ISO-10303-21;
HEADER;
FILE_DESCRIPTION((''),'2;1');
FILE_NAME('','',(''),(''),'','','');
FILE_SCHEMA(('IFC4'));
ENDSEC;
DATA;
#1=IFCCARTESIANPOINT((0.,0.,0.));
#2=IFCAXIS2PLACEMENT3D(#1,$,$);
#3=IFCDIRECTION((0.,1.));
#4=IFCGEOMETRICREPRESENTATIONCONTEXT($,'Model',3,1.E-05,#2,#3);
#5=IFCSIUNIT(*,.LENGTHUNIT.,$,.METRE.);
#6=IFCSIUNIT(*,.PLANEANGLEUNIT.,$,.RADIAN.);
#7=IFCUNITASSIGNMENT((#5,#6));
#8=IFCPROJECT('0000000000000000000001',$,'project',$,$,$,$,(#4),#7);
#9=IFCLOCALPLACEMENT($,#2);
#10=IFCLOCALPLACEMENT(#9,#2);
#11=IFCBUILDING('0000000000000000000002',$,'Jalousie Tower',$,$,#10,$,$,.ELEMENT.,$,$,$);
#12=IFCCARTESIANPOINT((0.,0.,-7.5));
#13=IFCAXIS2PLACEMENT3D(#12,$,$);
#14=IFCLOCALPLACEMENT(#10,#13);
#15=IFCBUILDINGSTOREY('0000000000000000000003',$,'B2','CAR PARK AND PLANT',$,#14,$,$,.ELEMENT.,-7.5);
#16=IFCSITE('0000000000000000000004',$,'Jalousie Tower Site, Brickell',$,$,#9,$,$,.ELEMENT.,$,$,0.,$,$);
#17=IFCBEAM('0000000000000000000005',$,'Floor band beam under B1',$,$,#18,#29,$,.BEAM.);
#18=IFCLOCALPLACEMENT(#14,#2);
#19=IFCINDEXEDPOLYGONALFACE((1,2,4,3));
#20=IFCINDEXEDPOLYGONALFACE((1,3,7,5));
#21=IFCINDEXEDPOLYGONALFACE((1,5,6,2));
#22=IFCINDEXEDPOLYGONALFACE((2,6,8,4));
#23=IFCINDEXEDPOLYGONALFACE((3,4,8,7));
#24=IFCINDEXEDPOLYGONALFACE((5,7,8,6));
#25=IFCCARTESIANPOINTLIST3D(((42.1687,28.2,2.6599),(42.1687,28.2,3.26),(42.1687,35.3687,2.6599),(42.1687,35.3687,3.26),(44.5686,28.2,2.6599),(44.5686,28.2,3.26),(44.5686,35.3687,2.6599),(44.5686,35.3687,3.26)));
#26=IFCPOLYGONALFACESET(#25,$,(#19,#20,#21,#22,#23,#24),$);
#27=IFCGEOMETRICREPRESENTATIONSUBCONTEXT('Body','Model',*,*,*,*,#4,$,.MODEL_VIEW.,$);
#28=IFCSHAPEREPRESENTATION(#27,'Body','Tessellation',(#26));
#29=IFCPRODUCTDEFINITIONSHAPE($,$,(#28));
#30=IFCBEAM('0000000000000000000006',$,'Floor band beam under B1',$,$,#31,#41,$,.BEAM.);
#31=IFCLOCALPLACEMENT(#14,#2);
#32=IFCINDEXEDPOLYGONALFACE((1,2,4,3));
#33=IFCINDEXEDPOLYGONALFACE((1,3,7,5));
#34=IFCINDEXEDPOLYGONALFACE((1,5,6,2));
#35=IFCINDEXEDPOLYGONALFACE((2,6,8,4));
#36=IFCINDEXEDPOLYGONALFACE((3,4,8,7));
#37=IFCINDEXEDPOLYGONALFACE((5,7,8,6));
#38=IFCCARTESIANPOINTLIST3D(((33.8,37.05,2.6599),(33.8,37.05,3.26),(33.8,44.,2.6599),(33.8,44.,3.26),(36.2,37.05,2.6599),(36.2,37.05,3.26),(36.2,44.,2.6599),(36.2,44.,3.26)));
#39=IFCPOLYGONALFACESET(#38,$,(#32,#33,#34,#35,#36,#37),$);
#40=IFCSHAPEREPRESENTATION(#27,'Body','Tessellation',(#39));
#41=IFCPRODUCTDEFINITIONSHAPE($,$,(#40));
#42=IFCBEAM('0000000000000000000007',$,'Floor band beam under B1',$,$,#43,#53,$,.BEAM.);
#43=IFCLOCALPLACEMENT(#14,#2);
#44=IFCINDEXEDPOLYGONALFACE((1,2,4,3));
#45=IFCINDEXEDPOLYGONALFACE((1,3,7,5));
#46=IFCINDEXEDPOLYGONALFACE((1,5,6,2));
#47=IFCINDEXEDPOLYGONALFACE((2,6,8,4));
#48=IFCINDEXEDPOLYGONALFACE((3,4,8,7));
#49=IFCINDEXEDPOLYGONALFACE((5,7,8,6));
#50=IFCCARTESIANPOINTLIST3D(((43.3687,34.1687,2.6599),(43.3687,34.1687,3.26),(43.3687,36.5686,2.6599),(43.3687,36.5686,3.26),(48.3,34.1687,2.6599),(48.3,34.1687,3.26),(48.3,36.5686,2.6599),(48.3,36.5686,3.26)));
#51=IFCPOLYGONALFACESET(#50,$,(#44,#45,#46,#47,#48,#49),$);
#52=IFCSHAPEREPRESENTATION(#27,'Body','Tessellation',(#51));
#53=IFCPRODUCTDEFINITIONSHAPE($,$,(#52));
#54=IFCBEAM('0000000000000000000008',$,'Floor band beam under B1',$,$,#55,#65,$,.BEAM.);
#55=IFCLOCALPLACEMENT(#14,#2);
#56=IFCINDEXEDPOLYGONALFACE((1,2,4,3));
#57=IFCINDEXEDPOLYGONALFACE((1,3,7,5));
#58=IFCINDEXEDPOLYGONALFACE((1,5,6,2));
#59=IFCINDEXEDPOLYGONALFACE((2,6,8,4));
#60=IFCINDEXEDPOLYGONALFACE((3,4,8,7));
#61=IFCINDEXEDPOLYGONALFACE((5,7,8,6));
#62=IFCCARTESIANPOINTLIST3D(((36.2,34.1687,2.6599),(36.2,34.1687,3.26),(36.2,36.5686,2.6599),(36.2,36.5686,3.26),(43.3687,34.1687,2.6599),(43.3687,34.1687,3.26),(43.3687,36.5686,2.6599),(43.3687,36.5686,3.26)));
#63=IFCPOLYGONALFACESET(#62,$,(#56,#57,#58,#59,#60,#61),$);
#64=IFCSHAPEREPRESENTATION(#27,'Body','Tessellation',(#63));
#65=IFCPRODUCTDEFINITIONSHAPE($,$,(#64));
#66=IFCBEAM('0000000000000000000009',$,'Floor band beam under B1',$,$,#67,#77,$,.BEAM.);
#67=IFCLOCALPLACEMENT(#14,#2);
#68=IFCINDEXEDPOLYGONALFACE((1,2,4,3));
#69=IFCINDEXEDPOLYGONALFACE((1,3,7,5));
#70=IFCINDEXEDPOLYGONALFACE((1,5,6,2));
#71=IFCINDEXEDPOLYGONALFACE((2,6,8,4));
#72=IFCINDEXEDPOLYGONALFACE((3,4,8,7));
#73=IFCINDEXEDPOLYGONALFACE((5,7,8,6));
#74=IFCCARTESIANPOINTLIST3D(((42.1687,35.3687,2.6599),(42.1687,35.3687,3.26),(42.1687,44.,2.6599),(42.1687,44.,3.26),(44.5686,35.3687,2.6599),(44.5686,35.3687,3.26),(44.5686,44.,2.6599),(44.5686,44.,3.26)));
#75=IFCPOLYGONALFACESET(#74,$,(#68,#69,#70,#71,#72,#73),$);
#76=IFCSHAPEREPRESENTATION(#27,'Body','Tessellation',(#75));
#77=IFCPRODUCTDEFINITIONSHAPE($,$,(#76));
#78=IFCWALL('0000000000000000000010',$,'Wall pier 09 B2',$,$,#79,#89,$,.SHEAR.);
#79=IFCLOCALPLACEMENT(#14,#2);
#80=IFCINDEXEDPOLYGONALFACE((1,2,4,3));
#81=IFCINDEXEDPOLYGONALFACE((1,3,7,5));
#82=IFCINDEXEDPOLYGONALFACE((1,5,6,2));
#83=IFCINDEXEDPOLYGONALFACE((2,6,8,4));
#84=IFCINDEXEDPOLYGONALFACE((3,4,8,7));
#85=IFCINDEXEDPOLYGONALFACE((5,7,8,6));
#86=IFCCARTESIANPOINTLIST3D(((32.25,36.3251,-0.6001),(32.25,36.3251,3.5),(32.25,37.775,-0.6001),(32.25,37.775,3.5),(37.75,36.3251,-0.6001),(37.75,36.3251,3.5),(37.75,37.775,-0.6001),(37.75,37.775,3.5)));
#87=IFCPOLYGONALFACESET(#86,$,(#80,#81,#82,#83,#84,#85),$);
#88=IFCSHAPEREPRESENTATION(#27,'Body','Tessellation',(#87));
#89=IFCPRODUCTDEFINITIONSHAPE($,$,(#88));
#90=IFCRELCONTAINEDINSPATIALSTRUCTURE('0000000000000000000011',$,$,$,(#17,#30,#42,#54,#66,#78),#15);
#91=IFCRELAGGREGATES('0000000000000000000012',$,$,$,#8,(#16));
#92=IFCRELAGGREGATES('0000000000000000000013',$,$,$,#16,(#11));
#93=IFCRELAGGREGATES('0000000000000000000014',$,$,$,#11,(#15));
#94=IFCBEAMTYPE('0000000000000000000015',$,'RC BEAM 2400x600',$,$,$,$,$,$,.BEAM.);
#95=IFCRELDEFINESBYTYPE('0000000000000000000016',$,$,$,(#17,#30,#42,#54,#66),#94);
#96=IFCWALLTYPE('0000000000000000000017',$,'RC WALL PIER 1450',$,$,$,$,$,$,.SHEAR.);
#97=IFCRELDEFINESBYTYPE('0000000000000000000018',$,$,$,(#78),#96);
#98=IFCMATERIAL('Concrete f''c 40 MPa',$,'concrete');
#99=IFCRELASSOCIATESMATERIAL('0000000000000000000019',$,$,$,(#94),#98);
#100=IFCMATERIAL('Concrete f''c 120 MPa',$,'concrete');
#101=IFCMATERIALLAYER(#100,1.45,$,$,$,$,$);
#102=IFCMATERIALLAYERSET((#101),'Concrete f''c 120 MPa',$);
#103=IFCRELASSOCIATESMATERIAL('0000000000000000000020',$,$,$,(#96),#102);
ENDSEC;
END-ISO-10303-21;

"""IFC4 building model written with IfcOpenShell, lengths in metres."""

from ifc_helpers import new_model, si_unit, direction, frame, frame_2d, origin, origin_2d, place, context, subcontext, project, spatial, rectangle, extrude, material, layer, layer_set, material_profile, profile_set, type_object, element, save


model = new_model("IFC4")

# Units and contexts
model_context = context("Model", 3, precision=1e-05, world=origin(), true_north=direction((0.0, 1.0)))
body_context = subcontext(model_context, "Body", "Model", "MODEL_VIEW")
ifc_project = project(units=[si_unit("LENGTHUNIT", "METRE"), si_unit("PLANEANGLEUNIT", "RADIAN")], contexts=[model_context])

# Site, building, storey
site_placement = place(None, origin())
site = spatial("IfcSite", under=ifc_project, at=site_placement, Name="Jalousie Tower Site, Brickell", CompositionType="ELEMENT", RefElevation=0.0)
building_placement = place(site_placement, origin())
building = spatial("IfcBuilding", under=site, at=building_placement, Name="Jalousie Tower", CompositionType="ELEMENT")
storey_placement = place(building_placement, frame((0.0, 0.0, -7.5)))
storey = spatial("IfcBuildingStorey", under=building, at=storey_placement, Name="B2", Description="CAR PARK AND PLANT", CompositionType="ELEMENT", Elevation=-7.5)

# Beams
ifc_material_1 = material(Name="Concrete f'c 40 MPa", Category="concrete")
ifc_material_profile_1 = material_profile(ifc_material_1, rectangle(XDim=2.3999, YDim=0.6001, at=origin_2d()), Name="RC 2400x600")
ifc_profile_set_1 = profile_set([ifc_material_profile_1], Name="Concrete f'c 40 MPa")
beam_type = type_object("IfcBeamType", Name="RC BEAM 2400x600", PredefinedType="BEAM", material=ifc_profile_set_1)
beam_1_placement = place(storey_placement, frame((43.3687, 35.3687, 2.96), z_axis=(0.0, -1.0, 0.0), x_axis=(1.0, 0.0, 0.0)))
element("IfcBeam", 1, at=beam_1_placement, inside=storey, type_object=beam_type, Name="Floor band beam under B1", PredefinedType="BEAM", context=body_context, shape_type="SweptSolid", body=[
    extrude(rectangle(XDim=2.3999, YDim=0.6001, at=origin_2d()), origin(), (0.0, 0.0, 1.0), 7.1687),
])
beam_2_placement = place(storey_placement, frame((35.0, 37.05, 2.96), z_axis=(0.0, 1.0, 0.0), x_axis=(-1.0, 0.0, 0.0)))
element("IfcBeam", 2, at=beam_2_placement, inside=storey, type_object=beam_type, Name="Floor band beam under B1", PredefinedType="BEAM", context=body_context, shape_type="SweptSolid", body=[
    extrude(rectangle(XDim=2.3999, YDim=0.6001, at=origin_2d()), origin(), (0.0, 0.0, 1.0), 6.95),
])
beam_3_placement = place(storey_placement, frame((43.3687, 35.3687, 2.96), z_axis=(1.0, 0.0, 0.0), x_axis=(0.0, 1.0, 0.0)))
element("IfcBeam", 3, at=beam_3_placement, inside=storey, type_object=beam_type, Name="Floor band beam under B1", PredefinedType="BEAM", context=body_context, shape_type="SweptSolid", body=[
    extrude(rectangle(XDim=2.3999, YDim=0.6001, at=origin_2d()), origin(), (0.0, 0.0, 1.0), 4.9314),
])
beam_4_placement = place(storey_placement, frame((43.3687, 35.3687, 2.96), z_axis=(-1.0, 0.0, 0.0), x_axis=(0.0, -1.0, 0.0)))
element("IfcBeam", 4, at=beam_4_placement, inside=storey, type_object=beam_type, Name="Floor band beam under B1", PredefinedType="BEAM", context=body_context, shape_type="SweptSolid", body=[
    extrude(rectangle(XDim=2.3999, YDim=0.6001, at=origin_2d()), origin(), (0.0, 0.0, 1.0), 7.1687),
])
beam_5_placement = place(storey_placement, frame((43.3687, 35.3687, 2.96), z_axis=(0.0, 1.0, 0.0), x_axis=(-1.0, 0.0, 0.0)))
element("IfcBeam", 5, at=beam_5_placement, inside=storey, type_object=beam_type, Name="Floor band beam under B1", PredefinedType="BEAM", context=body_context, shape_type="SweptSolid", body=[
    extrude(rectangle(XDim=2.3999, YDim=0.6001, at=origin_2d()), origin(), (0.0, 0.0, 1.0), 8.6313),
])

# Wall
ifc_material_2 = material(Name="Concrete f'c 120 MPa", Category="concrete")
ifc_layer = layer(ifc_material_2, 1.45)
ifc_layer_set = layer_set([ifc_layer], Name="Concrete f'c 120 MPa")
wall_type = type_object("IfcWallType", Name="RC WALL PIER 1450", PredefinedType="SHEAR", material=ifc_layer_set)
wall_placement = place(storey_placement, frame((32.25, 37.05, -0.6001), z_axis=(0.0, 0.0, 1.0), x_axis=(1.0, 0.0, 0.0)))
element("IfcWall", 6, at=wall_placement, inside=storey, type_object=wall_type, Name="Wall pier 09 B2", PredefinedType="SHEAR", context=body_context, shape_type="SweptSolid", body=[
    extrude(rectangle(XDim=5.5, YDim=1.45, at=frame_2d((2.75, 0.0))), origin(), (0.0, 0.0, 1.0), 4.1001),
])

save(model, "model.ifc")
